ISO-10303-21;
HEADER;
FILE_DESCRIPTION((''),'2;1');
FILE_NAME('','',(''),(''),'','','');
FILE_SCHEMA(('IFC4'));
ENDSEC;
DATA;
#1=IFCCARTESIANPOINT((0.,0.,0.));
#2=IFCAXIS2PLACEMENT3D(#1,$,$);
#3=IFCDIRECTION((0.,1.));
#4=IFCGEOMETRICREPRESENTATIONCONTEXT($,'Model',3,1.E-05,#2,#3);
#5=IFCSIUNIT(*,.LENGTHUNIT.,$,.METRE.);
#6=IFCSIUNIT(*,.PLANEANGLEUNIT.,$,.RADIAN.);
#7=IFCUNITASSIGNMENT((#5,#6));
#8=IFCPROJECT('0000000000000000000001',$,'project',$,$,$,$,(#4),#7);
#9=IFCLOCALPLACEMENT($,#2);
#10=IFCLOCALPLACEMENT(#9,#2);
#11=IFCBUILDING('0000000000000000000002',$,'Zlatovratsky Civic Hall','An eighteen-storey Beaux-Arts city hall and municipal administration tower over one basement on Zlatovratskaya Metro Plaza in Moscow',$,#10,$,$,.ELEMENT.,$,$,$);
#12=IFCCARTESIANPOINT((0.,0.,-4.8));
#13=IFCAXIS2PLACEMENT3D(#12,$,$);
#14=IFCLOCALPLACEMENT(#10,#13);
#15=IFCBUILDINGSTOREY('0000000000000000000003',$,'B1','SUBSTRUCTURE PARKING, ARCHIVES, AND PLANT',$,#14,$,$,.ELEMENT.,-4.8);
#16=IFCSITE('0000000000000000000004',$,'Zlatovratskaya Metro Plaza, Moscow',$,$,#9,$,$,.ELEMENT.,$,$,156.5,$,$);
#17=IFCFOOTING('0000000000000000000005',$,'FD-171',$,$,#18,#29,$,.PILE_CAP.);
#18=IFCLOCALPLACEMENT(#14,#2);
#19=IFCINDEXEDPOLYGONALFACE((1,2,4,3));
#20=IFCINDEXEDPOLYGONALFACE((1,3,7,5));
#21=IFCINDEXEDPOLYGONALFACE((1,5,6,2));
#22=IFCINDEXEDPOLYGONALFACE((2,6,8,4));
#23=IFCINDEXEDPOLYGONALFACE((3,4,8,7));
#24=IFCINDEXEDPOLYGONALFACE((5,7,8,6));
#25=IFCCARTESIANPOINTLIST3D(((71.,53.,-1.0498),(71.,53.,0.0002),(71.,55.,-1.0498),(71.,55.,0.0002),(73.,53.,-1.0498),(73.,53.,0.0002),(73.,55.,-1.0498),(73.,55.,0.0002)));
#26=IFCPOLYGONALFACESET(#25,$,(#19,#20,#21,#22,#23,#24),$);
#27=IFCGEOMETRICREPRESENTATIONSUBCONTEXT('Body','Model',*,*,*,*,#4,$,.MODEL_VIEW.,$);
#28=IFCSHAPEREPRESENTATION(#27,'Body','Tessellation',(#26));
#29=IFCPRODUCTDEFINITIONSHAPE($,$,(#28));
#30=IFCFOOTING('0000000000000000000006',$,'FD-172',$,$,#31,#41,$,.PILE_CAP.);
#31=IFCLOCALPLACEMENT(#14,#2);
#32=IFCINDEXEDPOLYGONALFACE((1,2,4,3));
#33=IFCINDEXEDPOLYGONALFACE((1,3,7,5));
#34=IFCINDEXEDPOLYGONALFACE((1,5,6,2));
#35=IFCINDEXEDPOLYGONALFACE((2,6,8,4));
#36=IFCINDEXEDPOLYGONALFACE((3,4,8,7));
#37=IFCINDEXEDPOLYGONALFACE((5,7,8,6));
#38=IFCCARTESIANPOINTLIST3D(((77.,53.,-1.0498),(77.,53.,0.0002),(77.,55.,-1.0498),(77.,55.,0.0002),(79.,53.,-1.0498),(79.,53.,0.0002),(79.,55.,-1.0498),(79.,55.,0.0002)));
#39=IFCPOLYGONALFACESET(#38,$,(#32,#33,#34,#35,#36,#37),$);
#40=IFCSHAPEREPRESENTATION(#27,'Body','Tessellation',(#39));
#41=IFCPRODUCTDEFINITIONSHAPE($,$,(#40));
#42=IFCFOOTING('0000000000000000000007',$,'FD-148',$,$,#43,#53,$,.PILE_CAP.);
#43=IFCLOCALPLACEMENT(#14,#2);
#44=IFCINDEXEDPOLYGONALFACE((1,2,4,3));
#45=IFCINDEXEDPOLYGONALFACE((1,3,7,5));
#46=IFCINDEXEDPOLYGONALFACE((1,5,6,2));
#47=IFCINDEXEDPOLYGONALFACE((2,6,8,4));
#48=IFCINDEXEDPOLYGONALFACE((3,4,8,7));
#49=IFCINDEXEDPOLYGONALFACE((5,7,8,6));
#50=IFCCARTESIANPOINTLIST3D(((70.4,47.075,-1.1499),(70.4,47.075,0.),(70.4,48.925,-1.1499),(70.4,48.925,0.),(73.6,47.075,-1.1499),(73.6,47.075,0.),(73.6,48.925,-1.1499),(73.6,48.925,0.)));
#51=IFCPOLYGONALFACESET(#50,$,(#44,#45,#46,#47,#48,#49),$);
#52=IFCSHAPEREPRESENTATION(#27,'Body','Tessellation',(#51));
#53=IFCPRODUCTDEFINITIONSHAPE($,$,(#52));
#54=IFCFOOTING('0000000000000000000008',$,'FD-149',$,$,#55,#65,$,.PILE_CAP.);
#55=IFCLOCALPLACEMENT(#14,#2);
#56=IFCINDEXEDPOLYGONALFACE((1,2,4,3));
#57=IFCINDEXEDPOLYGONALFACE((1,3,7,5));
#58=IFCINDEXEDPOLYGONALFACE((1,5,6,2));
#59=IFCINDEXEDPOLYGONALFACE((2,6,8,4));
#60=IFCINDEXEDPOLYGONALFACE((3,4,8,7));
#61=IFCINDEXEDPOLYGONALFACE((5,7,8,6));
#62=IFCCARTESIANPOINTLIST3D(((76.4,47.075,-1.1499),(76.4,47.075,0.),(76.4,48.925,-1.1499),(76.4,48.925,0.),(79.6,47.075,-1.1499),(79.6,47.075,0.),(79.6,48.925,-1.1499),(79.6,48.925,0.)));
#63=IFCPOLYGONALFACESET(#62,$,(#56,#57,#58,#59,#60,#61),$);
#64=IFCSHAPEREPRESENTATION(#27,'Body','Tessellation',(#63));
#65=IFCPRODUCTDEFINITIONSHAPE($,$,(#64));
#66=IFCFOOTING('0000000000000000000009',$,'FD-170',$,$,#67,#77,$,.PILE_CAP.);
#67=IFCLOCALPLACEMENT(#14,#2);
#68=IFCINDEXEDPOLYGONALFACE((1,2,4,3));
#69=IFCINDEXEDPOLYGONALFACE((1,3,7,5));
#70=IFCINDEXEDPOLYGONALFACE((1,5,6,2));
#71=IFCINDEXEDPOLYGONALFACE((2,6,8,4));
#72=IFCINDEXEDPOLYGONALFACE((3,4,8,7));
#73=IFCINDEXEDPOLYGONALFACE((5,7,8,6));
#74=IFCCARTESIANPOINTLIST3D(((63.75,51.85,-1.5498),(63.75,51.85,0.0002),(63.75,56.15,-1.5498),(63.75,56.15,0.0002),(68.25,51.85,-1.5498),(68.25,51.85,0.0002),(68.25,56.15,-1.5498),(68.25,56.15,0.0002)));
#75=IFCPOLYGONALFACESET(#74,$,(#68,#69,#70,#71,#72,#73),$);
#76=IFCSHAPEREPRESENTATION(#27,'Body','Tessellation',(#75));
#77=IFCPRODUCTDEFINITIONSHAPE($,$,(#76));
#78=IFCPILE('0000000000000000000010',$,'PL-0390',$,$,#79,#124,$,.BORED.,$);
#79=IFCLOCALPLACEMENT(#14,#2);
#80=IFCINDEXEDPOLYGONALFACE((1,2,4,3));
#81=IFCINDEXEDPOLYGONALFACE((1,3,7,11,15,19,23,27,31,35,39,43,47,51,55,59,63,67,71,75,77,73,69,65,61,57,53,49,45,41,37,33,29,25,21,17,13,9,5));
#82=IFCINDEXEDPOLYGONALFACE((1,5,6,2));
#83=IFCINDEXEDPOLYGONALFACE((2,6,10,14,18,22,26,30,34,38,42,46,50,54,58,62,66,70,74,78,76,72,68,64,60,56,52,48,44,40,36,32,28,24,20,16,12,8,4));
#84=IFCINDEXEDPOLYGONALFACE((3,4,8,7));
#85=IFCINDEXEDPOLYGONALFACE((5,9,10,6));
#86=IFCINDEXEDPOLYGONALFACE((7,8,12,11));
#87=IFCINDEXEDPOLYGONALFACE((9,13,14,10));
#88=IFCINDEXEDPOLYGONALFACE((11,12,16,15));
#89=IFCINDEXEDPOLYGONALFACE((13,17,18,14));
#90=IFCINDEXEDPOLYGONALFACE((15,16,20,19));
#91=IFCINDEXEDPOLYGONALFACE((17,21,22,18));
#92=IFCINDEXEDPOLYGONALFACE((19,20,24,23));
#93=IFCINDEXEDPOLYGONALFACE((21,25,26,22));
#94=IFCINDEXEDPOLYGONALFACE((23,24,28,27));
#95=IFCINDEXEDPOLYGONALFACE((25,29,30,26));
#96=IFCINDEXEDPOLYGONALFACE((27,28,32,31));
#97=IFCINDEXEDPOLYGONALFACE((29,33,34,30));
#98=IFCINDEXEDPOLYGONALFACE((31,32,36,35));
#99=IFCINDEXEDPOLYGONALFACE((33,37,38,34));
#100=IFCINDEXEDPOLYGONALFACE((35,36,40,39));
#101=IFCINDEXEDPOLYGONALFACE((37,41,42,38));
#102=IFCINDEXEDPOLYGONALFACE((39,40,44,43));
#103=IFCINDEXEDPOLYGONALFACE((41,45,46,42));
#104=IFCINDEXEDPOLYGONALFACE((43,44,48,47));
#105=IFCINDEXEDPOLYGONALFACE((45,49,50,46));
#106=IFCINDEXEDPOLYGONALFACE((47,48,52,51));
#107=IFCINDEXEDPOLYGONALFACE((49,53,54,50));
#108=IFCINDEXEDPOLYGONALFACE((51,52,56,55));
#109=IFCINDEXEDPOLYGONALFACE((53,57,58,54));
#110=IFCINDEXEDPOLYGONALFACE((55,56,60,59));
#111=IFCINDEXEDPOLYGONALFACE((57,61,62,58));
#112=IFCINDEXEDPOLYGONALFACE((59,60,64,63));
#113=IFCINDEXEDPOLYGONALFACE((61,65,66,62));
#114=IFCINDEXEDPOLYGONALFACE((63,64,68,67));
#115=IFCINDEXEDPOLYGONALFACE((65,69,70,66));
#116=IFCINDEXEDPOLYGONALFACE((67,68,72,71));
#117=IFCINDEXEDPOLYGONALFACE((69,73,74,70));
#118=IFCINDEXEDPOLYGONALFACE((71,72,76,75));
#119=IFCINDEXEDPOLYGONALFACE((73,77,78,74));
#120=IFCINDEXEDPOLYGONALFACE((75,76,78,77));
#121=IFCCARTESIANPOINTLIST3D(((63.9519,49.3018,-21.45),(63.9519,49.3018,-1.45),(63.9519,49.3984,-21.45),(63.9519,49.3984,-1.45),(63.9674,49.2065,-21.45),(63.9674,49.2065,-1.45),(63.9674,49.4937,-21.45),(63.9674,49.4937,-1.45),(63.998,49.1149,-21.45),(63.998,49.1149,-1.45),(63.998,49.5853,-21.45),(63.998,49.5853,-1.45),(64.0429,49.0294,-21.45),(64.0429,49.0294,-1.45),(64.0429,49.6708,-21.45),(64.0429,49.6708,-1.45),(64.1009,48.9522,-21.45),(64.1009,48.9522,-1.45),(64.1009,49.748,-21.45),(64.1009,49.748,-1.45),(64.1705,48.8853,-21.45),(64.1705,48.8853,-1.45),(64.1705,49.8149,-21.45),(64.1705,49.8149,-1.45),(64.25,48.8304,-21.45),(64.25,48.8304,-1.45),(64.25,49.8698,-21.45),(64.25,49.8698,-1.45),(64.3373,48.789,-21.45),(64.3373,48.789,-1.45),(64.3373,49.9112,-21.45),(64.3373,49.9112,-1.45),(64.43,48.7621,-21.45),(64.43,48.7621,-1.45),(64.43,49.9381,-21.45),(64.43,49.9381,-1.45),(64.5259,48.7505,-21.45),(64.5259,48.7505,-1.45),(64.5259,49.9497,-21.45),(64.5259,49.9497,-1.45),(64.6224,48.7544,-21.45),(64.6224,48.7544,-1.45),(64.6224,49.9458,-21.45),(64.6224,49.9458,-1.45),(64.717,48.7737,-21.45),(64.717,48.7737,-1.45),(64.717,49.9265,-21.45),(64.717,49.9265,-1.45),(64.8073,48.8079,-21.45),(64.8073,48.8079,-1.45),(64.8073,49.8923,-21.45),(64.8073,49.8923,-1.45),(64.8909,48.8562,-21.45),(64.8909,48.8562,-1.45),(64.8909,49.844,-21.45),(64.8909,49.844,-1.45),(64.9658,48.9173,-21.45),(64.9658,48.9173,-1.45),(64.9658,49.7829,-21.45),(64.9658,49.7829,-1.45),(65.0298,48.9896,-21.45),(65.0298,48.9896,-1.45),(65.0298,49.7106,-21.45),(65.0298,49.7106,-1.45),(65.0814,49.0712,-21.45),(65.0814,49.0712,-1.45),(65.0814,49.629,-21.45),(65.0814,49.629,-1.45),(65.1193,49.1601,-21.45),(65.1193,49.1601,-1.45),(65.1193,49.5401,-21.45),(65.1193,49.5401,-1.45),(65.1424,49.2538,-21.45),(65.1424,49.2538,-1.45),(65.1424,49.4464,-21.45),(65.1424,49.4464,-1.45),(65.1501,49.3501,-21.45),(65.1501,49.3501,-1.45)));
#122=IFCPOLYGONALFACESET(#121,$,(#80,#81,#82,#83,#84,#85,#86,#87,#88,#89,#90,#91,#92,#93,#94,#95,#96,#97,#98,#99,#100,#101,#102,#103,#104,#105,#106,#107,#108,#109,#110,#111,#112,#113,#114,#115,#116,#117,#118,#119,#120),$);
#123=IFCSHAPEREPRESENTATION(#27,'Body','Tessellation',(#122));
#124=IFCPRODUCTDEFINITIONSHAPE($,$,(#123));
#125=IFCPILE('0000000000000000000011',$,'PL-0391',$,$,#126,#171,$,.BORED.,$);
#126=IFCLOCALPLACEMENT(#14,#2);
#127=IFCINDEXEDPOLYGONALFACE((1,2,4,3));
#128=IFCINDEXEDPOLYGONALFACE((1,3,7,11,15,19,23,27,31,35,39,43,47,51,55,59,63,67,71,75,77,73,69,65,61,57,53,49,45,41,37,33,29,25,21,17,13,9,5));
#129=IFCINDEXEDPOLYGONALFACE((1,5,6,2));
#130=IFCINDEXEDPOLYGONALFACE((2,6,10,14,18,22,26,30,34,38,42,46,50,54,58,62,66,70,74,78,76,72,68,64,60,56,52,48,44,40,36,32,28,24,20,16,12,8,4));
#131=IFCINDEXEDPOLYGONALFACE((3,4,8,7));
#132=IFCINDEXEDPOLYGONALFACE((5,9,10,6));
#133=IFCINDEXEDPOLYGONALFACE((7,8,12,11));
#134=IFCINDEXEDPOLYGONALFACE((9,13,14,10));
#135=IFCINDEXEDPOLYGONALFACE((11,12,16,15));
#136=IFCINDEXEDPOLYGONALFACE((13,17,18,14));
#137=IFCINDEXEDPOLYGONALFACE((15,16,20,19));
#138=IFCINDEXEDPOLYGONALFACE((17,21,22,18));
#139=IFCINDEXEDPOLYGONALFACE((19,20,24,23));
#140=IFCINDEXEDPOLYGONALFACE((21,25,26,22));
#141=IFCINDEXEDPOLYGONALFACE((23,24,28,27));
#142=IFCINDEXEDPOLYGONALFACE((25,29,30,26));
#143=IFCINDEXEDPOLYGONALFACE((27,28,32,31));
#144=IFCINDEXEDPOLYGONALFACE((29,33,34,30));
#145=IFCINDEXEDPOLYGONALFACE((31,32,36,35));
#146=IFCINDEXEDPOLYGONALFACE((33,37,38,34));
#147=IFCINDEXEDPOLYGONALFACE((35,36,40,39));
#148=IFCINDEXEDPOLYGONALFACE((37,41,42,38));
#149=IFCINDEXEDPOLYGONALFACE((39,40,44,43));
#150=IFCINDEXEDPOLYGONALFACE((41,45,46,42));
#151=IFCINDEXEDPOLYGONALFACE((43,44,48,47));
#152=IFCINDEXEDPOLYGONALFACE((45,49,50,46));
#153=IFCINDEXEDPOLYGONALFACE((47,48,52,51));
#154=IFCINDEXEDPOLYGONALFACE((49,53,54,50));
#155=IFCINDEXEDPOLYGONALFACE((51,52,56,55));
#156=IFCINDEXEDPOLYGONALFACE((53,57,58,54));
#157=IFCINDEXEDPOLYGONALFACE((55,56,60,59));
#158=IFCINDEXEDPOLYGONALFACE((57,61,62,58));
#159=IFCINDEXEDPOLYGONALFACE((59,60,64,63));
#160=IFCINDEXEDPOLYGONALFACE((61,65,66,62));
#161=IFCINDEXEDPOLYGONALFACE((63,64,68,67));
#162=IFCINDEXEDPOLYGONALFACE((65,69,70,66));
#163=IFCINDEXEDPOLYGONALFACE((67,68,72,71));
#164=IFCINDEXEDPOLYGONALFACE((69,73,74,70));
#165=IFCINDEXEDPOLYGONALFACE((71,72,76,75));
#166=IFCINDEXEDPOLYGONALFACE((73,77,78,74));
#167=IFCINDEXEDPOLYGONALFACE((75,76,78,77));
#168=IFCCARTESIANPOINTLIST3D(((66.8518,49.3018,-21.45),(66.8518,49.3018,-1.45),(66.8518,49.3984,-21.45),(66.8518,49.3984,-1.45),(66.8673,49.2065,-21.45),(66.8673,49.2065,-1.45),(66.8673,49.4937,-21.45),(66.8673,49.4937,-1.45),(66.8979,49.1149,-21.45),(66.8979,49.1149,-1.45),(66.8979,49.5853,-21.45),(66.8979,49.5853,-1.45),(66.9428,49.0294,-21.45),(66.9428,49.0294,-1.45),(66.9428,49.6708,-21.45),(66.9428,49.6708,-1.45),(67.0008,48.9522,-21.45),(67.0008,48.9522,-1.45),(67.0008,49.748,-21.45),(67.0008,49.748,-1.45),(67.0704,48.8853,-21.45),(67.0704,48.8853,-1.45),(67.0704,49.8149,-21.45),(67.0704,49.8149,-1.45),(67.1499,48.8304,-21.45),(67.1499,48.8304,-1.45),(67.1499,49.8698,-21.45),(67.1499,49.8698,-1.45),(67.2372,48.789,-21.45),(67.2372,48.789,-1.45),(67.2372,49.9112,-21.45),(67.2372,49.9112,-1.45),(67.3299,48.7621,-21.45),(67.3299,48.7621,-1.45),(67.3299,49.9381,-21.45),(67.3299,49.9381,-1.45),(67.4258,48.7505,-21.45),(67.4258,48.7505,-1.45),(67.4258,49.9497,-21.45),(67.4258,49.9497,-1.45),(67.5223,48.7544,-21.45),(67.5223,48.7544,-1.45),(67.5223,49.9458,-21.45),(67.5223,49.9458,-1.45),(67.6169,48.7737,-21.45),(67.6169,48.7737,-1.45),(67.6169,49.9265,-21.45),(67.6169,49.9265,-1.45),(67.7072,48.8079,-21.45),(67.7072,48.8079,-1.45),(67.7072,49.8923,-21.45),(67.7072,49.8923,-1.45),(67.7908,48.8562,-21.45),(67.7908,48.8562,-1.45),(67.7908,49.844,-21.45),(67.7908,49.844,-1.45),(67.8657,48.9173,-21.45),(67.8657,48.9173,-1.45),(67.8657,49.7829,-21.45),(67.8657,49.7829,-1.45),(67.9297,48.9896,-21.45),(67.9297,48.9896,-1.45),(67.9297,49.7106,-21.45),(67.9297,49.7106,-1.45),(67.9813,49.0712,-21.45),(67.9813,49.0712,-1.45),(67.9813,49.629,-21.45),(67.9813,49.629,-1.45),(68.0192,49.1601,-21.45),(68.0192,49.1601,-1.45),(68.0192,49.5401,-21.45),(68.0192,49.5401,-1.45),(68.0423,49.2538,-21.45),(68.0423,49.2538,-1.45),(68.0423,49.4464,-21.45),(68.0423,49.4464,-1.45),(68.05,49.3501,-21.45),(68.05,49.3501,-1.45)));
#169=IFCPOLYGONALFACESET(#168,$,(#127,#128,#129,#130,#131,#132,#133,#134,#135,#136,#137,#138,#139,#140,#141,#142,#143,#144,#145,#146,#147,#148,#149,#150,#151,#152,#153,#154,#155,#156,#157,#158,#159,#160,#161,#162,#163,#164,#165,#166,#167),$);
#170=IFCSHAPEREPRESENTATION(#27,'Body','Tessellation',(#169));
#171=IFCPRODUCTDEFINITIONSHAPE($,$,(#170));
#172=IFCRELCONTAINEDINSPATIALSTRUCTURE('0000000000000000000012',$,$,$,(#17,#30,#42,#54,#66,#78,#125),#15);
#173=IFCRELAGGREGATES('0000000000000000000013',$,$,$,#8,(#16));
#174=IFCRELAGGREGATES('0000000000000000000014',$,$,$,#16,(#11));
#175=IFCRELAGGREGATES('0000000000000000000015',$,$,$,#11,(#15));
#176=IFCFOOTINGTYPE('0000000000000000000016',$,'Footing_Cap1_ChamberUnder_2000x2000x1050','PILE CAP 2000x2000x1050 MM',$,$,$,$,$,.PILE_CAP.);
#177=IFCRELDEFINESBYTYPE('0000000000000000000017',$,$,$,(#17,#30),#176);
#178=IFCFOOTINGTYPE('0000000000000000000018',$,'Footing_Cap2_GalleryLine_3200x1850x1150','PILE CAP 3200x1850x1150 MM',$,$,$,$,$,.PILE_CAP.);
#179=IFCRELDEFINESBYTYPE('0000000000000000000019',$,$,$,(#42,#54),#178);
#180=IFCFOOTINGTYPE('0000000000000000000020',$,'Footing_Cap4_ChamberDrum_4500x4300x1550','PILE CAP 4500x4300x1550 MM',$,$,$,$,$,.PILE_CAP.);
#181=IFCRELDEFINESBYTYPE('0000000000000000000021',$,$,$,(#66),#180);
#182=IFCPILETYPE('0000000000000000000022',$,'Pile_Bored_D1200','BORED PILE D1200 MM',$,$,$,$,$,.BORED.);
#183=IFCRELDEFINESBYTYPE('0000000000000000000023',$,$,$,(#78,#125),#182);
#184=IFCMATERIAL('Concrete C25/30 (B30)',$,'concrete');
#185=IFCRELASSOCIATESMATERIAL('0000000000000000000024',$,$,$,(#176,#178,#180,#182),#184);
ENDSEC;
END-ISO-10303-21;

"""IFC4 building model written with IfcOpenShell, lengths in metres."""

from ifc_helpers import new_model, si_unit, direction, frame, origin, origin_2d, place, context, subcontext, project, spatial, rectangle, circle, extrude, material, material_profile, profile_set, type_object, element, save


model = new_model("IFC4")

# Units and contexts
model_context = context("Model", 3, precision=1e-05, world=origin(), true_north=direction((0.0, 1.0)))
body_context = subcontext(model_context, "Body", "Model", "MODEL_VIEW")
ifc_project = project(units=[si_unit("LENGTHUNIT", "METRE"), si_unit("PLANEANGLEUNIT", "RADIAN")], contexts=[model_context])

# Site, building, storey
site_placement = place(None, origin())
site = spatial("IfcSite", under=ifc_project, at=site_placement, Name="Zlatovratskaya Metro Plaza, Moscow", CompositionType="ELEMENT", RefElevation=156.5)
building_placement = place(site_placement, origin())
building = spatial("IfcBuilding", under=site, at=building_placement, Name="Zlatovratsky Civic Hall", Description="An eighteen-storey Beaux-Arts city hall and municipal administration tower over one basement on Zlatovratskaya Metro Plaza in Moscow", CompositionType="ELEMENT")
storey_placement = place(building_placement, frame((0.0, 0.0, -4.8)))
storey = spatial("IfcBuildingStorey", under=building, at=storey_placement, Name="B1", Description="SUBSTRUCTURE PARKING, ARCHIVES, AND PLANT", CompositionType="ELEMENT", Elevation=-4.8)

# Footings
ifc_material_1 = material(Name="Concrete C25/30 (B30)", Category="concrete")
footing_type_1 = type_object("IfcFootingType", Name="Footing_Cap1_ChamberUnder_2000x2000x1050", Description="PILE CAP 2000x2000x1050 MM", PredefinedType="PILE_CAP", material=ifc_material_1)
for number, where, z_axis, x_axis, name in (
    (1, (72.0, 54.0, -1.0498), (0.0, 0.0, 1.0), (1.0, 0.0, 0.0), "FD-171"),
    (2, (78.0, 54.0, -1.0498), (0.0, 0.0, 1.0), (1.0, 0.0, 0.0), "FD-172"),
):
    element("IfcFooting", number, at=place(storey_placement, frame(where, z_axis=z_axis, x_axis=x_axis)), inside=storey, type_object=footing_type_1, Name=name, PredefinedType="PILE_CAP", context=body_context, shape_type="SweptSolid", body=[
        extrude(rectangle(XDim=2.0, YDim=2.0, at=origin_2d()), origin(), (0.0, 0.0, 1.0), 1.05),
    ])
footing_type_2 = type_object("IfcFootingType", Name="Footing_Cap2_GalleryLine_3200x1850x1150", Description="PILE CAP 3200x1850x1150 MM", PredefinedType="PILE_CAP", material=ifc_material_1)
for number, where, z_axis, x_axis, name in (
    (3, (72.0, 48.0, -1.1499), (0.0, 0.0, 1.0), (1.0, 0.0, 0.0), "FD-148"),
    (4, (78.0, 48.0, -1.1499), (0.0, 0.0, 1.0), (1.0, 0.0, 0.0), "FD-149"),
):
    element("IfcFooting", number, at=place(storey_placement, frame(where, z_axis=z_axis, x_axis=x_axis)), inside=storey, type_object=footing_type_2, Name=name, PredefinedType="PILE_CAP", context=body_context, shape_type="SweptSolid", body=[
        extrude(rectangle(XDim=3.2, YDim=1.8501, at=origin_2d()), origin(), (0.0, 0.0, 1.0), 1.1499),
    ])
footing_type_3 = type_object("IfcFootingType", Name="Footing_Cap4_ChamberDrum_4500x4300x1550", Description="PILE CAP 4500x4300x1550 MM", PredefinedType="PILE_CAP", material=ifc_material_1)
footing_placement = place(storey_placement, frame((66.0, 54.0, -1.5498), z_axis=(0.0, 0.0, 1.0), x_axis=(1.0, 0.0, 0.0)))
element("IfcFooting", 5, at=footing_placement, inside=storey, type_object=footing_type_3, Name="FD-170", PredefinedType="PILE_CAP", context=body_context, shape_type="SweptSolid", body=[
    extrude(rectangle(XDim=4.5, YDim=4.3, at=origin_2d()), origin(), (0.0, 0.0, 1.0), 1.55),
])

# Piles
ifc_material_profile_1 = material_profile(ifc_material_1, circle(Radius=0.6001, at=origin_2d()), Name="PILE D1200")
ifc_profile_set_1 = profile_set([ifc_material_profile_1], Name="Concrete C25/30 (B30)")
pile_type_1 = type_object("IfcPileType", Name="Pile_Bored_D1200", Description="BORED PILE D1200 MM", PredefinedType="BORED", material=ifc_profile_set_1)
for number, where, z_axis, x_axis, name in (
    (6, (64.55, 49.3501, -1.45), (0.0, 0.0, -1.0), (1.0, 0.0, 0.0), "PL-0390"),
    (7, (67.45, 49.3501, -1.45), (0.0, 0.0, -1.0), (1.0, 0.0, 0.0), "PL-0391"),
):
    element("IfcPile", number, at=place(storey_placement, frame(where, z_axis=z_axis, x_axis=x_axis)), inside=storey, type_object=pile_type_1, Name=name, PredefinedType="BORED", context=body_context, shape_type="SweptSolid", body=[
        extrude(circle(Radius=0.6001, at=origin_2d()), origin(), (0.0, 0.0, 1.0), 20.0),
    ])

save(model, "model.ifc")
